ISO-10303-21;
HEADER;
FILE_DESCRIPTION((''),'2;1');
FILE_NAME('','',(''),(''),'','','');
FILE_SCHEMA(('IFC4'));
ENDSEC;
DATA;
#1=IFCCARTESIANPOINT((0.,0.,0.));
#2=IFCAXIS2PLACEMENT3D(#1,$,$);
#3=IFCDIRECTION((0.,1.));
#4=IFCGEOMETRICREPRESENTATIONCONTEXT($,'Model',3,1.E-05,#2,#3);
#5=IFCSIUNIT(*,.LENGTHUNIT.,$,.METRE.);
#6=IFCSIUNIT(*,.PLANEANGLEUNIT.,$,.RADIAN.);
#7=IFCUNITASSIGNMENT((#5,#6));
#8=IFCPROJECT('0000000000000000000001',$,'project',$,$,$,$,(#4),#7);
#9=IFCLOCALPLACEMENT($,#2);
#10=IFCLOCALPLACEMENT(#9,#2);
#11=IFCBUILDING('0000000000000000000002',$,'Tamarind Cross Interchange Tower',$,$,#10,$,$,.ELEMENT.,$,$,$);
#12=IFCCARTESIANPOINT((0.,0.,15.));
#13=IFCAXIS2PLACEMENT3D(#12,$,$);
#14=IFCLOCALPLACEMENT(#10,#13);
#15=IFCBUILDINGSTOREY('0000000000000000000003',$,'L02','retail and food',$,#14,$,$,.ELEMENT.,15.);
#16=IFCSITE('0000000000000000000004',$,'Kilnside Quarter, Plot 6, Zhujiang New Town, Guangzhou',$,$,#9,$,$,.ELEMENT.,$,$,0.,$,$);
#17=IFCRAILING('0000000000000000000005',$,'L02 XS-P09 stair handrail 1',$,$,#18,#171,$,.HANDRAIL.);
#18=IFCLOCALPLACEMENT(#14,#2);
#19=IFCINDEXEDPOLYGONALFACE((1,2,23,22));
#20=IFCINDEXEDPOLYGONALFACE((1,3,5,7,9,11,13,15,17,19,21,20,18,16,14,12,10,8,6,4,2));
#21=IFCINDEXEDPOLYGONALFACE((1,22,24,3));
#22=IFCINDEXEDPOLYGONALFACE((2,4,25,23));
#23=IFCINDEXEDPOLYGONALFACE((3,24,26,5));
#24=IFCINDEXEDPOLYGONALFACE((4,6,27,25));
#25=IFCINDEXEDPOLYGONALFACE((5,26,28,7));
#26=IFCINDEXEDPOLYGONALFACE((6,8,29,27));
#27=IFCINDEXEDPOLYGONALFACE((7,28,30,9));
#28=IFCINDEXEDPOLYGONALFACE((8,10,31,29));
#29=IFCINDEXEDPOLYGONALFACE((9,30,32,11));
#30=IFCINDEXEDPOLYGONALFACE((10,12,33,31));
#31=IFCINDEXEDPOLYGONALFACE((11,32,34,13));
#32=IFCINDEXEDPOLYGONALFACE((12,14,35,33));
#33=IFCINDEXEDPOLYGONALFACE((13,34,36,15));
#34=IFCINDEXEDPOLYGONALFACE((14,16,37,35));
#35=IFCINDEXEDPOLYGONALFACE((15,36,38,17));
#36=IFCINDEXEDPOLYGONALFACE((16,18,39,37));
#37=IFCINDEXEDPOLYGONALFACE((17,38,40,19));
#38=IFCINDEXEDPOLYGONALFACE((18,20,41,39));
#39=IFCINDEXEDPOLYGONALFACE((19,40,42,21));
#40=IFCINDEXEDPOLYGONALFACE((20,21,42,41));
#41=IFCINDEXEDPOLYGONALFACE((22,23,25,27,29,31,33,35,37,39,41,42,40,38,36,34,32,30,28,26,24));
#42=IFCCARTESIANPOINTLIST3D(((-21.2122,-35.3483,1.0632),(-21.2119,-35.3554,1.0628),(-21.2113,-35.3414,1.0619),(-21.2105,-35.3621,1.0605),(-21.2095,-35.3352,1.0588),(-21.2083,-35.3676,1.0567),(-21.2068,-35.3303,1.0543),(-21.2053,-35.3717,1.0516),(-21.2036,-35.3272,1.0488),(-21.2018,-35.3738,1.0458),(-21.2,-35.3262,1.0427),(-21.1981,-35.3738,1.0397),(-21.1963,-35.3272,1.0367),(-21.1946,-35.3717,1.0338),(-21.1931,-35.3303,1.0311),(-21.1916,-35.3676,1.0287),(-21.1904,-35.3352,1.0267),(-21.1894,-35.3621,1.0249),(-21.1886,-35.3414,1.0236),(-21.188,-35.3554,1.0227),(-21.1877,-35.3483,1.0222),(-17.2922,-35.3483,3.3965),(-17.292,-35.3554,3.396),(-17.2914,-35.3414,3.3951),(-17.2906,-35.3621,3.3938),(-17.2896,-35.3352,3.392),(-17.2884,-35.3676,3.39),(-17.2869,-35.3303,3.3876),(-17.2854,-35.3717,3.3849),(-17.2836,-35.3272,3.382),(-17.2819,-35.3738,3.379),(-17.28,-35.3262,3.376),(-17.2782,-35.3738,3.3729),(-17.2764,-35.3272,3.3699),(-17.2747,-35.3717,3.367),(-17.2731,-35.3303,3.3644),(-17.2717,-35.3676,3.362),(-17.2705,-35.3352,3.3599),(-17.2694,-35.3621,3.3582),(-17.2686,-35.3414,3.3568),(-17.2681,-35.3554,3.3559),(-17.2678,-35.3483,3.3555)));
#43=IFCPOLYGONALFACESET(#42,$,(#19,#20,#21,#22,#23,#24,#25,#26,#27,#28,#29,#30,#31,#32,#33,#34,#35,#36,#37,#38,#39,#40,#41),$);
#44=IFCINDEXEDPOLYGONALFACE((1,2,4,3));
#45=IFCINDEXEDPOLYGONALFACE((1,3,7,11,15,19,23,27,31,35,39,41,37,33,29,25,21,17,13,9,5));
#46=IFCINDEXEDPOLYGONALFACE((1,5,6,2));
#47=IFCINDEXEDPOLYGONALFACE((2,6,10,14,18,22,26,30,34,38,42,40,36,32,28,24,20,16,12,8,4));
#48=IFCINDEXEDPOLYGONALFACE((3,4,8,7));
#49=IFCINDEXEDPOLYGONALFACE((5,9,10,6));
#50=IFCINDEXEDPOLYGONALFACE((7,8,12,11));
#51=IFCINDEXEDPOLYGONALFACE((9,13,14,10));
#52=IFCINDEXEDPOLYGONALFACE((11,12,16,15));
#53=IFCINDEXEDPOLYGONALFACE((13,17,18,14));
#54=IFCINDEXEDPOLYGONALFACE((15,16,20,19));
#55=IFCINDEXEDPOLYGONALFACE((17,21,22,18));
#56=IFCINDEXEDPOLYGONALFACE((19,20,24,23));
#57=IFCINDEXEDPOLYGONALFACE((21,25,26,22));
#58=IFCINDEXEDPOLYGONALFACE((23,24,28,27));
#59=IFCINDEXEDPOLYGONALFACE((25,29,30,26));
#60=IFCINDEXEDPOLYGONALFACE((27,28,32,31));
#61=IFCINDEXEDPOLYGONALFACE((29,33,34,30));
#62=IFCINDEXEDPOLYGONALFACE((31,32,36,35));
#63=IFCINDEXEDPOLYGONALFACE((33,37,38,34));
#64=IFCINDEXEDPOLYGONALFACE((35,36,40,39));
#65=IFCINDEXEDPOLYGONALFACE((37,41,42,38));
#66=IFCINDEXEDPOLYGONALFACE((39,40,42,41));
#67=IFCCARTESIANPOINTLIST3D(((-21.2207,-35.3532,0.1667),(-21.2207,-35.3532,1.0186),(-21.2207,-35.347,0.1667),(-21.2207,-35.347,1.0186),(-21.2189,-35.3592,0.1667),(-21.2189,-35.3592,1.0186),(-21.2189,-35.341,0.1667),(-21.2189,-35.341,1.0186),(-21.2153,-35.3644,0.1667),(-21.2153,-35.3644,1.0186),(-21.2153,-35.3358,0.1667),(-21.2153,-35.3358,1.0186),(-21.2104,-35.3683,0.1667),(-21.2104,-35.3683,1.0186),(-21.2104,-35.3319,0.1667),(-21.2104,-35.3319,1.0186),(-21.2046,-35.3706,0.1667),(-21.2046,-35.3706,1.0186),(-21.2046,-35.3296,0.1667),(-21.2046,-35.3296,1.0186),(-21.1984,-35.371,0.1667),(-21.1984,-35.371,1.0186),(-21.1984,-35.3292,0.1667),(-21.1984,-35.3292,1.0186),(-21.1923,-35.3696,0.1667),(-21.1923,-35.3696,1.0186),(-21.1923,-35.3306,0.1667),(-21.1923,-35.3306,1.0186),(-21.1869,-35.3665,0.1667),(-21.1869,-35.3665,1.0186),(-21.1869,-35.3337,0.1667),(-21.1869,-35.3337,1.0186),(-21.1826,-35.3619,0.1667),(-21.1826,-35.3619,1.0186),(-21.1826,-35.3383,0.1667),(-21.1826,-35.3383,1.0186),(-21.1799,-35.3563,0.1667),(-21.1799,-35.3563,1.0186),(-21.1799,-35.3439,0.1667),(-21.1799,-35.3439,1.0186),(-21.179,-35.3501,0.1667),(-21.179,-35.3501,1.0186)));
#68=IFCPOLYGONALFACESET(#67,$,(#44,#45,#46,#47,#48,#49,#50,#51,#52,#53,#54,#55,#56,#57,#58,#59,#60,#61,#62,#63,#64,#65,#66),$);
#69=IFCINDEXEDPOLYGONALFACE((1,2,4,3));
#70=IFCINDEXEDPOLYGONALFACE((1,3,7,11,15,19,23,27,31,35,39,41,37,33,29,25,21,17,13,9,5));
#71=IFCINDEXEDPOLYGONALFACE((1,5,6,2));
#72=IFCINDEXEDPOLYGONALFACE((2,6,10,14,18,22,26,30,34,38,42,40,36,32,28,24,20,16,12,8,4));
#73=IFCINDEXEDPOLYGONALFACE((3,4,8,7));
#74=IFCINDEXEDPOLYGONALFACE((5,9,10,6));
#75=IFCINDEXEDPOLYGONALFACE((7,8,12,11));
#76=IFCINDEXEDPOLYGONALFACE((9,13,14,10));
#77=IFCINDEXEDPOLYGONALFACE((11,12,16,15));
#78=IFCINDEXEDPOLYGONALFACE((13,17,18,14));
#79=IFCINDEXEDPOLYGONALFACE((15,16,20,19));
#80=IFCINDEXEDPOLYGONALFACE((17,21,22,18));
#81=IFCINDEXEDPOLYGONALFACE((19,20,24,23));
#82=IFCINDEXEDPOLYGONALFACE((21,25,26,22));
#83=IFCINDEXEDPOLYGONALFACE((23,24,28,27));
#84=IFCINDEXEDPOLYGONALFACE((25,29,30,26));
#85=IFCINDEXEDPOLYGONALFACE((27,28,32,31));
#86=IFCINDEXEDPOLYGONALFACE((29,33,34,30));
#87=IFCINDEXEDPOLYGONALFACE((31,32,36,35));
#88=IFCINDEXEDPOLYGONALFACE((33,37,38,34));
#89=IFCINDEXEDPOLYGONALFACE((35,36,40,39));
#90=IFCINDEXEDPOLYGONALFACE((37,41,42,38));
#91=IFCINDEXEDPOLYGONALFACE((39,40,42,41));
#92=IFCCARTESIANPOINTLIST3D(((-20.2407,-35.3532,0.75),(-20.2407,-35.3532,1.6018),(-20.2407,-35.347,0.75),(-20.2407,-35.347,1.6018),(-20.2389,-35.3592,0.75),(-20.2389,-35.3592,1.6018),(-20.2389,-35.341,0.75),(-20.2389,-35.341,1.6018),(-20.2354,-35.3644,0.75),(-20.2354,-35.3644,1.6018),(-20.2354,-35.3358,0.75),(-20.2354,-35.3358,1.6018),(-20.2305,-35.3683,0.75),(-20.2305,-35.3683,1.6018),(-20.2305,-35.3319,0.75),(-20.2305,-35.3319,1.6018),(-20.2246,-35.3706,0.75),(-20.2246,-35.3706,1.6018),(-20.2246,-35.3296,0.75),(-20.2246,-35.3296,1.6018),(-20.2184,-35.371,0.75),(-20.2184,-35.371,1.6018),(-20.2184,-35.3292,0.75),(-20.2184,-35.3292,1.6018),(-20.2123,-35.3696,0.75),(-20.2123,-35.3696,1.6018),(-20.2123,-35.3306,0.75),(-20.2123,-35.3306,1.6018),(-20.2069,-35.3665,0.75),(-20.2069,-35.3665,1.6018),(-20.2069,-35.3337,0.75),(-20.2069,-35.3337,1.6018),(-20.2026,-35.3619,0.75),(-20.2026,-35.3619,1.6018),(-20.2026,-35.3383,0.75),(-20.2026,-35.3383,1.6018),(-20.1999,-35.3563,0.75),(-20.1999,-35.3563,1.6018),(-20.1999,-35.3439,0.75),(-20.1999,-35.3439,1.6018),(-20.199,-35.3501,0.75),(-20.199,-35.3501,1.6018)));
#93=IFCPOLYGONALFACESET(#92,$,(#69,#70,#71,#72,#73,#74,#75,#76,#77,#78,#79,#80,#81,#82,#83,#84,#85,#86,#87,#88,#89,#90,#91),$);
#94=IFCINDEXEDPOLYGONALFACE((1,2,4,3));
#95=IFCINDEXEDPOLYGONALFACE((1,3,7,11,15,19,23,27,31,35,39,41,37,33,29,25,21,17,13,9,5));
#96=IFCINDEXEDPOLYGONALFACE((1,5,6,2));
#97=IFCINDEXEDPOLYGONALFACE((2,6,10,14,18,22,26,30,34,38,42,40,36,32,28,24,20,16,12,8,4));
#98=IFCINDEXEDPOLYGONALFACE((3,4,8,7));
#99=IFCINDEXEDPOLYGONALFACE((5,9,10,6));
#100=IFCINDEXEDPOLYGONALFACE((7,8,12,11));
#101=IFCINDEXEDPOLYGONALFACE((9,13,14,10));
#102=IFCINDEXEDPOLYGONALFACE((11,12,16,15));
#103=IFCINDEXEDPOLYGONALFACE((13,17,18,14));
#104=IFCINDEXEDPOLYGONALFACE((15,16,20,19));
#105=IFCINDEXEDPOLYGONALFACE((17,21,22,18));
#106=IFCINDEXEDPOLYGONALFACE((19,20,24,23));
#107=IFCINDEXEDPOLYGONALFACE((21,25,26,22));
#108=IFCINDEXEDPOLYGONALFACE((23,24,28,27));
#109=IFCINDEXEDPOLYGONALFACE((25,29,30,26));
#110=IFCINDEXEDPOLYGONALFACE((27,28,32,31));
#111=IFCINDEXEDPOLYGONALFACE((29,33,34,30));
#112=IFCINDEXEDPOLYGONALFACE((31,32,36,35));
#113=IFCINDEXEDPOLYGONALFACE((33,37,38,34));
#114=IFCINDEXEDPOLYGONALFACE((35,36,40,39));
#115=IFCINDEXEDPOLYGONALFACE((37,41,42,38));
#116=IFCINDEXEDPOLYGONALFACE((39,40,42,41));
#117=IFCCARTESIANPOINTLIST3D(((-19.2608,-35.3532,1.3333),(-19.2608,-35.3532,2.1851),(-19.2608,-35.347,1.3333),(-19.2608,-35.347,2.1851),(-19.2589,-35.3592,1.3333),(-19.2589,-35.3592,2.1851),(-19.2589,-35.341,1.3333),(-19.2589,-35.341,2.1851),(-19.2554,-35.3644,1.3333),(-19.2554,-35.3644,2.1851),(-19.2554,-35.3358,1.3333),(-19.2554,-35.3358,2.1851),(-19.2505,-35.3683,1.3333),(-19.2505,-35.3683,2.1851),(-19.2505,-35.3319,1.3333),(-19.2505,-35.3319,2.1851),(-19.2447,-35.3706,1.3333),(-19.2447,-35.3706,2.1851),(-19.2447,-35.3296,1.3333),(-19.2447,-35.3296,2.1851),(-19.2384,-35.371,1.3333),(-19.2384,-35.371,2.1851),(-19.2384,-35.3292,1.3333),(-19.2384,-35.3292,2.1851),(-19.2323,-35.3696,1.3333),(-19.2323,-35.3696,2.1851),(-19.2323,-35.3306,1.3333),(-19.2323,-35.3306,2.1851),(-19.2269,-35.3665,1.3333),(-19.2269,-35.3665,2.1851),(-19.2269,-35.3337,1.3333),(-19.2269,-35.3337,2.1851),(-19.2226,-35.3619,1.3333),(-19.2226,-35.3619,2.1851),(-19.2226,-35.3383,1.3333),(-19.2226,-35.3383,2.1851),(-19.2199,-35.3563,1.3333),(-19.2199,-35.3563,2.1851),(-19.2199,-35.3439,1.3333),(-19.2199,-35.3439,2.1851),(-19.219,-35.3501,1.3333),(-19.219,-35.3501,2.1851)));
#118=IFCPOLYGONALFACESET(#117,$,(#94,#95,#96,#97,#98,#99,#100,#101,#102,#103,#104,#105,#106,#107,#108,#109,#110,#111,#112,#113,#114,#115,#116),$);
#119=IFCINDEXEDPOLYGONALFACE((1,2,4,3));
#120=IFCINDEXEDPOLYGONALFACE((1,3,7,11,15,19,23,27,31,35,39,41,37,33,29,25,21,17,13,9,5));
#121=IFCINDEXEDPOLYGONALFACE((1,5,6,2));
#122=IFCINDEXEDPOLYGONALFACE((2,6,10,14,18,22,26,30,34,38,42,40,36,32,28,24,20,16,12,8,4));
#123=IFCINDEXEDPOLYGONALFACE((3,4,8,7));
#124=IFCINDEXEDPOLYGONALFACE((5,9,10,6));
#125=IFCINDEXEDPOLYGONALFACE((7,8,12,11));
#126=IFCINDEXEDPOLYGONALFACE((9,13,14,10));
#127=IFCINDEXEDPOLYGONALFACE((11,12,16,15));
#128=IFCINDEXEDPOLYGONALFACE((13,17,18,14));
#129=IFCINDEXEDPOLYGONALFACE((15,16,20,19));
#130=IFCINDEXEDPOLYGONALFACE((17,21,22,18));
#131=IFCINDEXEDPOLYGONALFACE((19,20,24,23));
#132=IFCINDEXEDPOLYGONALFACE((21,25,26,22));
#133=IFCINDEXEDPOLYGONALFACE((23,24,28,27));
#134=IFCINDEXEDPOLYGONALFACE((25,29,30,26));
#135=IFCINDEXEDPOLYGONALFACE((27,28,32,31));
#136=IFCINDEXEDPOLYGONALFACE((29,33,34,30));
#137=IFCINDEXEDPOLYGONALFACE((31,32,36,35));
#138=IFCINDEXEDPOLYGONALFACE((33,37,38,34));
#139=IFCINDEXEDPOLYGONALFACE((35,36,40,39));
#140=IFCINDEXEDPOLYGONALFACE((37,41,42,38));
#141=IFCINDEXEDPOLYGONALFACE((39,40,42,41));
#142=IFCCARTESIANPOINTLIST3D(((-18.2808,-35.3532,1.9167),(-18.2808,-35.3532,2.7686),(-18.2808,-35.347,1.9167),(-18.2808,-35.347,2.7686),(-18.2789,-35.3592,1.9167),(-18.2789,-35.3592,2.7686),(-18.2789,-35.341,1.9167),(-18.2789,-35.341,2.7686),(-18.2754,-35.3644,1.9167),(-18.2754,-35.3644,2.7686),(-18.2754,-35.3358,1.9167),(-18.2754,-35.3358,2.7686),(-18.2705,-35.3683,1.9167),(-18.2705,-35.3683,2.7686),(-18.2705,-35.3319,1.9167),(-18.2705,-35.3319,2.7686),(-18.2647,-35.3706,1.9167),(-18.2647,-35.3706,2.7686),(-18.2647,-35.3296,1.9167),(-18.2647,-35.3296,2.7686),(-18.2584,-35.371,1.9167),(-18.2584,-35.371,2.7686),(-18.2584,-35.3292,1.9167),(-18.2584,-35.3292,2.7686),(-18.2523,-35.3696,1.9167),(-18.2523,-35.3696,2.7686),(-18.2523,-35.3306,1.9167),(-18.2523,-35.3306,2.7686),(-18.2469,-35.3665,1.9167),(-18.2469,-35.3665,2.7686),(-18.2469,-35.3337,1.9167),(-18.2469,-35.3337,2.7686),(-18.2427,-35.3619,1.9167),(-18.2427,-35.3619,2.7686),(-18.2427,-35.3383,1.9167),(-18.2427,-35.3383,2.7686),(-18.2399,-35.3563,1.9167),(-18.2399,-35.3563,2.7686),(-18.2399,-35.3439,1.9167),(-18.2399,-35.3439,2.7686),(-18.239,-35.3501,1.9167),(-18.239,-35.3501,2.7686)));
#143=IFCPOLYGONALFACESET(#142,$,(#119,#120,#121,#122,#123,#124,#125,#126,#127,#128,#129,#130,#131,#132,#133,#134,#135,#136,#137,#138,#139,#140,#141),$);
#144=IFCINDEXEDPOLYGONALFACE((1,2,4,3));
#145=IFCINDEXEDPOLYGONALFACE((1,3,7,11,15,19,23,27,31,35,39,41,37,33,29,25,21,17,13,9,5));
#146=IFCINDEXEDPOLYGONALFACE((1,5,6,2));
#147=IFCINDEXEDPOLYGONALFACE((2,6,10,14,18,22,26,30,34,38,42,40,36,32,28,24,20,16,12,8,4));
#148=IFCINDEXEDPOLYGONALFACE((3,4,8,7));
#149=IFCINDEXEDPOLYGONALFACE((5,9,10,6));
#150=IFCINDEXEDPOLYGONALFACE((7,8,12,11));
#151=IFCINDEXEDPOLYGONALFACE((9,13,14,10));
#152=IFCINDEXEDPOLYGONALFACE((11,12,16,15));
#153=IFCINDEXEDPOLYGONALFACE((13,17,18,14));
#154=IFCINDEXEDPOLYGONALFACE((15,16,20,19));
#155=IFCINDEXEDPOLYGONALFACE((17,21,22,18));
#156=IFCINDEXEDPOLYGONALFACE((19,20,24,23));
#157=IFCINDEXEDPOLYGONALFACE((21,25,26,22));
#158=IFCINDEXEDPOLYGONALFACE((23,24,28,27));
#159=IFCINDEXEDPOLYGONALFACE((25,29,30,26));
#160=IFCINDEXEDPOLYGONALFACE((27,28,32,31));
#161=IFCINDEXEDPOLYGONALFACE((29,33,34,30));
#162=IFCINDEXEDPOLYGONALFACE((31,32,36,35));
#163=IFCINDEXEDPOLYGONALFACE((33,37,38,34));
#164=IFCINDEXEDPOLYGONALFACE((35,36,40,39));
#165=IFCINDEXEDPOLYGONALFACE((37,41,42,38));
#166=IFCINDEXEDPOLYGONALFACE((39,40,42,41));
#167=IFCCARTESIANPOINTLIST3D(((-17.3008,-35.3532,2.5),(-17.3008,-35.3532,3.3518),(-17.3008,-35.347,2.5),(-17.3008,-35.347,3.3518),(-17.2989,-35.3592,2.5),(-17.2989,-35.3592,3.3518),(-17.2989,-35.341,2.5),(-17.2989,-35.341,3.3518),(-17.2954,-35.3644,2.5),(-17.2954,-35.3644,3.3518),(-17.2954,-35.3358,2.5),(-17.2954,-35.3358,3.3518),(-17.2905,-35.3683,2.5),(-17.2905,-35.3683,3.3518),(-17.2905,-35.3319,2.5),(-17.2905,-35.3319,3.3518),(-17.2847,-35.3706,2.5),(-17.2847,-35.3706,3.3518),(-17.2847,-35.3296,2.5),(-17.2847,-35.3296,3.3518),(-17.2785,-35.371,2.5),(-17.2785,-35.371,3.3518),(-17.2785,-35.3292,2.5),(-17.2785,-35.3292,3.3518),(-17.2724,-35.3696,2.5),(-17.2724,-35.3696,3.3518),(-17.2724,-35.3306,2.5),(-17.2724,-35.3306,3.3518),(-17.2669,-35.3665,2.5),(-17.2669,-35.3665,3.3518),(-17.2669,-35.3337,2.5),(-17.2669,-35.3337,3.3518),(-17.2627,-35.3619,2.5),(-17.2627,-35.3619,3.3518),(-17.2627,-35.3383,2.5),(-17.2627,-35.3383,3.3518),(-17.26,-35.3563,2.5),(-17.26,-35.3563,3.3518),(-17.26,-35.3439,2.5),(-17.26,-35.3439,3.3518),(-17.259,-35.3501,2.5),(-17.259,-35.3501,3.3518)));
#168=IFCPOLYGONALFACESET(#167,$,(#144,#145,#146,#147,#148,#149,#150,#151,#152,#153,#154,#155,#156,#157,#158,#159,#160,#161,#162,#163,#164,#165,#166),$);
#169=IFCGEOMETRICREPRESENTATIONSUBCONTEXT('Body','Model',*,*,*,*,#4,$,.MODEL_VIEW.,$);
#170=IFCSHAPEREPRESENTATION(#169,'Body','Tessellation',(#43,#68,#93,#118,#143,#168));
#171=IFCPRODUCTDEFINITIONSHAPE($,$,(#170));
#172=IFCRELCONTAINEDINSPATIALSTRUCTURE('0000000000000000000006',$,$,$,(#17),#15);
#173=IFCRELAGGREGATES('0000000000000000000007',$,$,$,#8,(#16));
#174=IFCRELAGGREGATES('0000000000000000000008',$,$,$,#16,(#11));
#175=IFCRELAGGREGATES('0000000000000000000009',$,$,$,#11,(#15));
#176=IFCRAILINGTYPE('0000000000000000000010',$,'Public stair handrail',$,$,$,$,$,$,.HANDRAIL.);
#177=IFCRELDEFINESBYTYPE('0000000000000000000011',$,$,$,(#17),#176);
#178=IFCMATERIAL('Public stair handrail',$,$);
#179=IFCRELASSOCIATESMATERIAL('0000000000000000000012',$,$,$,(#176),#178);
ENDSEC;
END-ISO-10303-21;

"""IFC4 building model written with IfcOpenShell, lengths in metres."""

from ifc_helpers import new_model, si_unit, direction, frame, origin, origin_2d, place, context, subcontext, project, spatial, circle, extrude, material, type_object, element, save


model = new_model("IFC4")

# Units and contexts
model_context = context("Model", 3, precision=1e-05, world=origin(), true_north=direction((0.0, 1.0)))
body_context = subcontext(model_context, "Body", "Model", "MODEL_VIEW")
ifc_project = project(units=[si_unit("LENGTHUNIT", "METRE"), si_unit("PLANEANGLEUNIT", "RADIAN")], contexts=[model_context])

# Site, building, storey
site_placement = place(None, origin())
site = spatial("IfcSite", under=ifc_project, at=site_placement, Name="Kilnside Quarter, Plot 6, Zhujiang New Town, Guangzhou", CompositionType="ELEMENT", RefElevation=0.0)
building_placement = place(site_placement, origin())
building = spatial("IfcBuilding", under=site, at=building_placement, Name="Tamarind Cross Interchange Tower", CompositionType="ELEMENT")
storey_placement = place(building_placement, frame((0.0, 0.0, 15.0)))
storey = spatial("IfcBuildingStorey", under=building, at=storey_placement, Name="L02", Description="retail and food", CompositionType="ELEMENT", Elevation=15.0)

# Railing
ifc_material_1 = material(Name="Public stair handrail")
railing_type_1 = type_object("IfcRailingType", Name="Public stair handrail", PredefinedType="HANDRAIL", material=ifc_material_1)
railing_1_placement = place(storey_placement, frame((-21.2, -35.3501, 0.1667)))
element("IfcRailing", 1, at=railing_1_placement, inside=storey, type_object=railing_type_1, Name="L02 XS-P09 stair handrail 1", PredefinedType="HANDRAIL", context=body_context, shape_type="SweptSolid", body=[
    extrude(circle(Radius=0.0239, at=origin_2d()), frame((0.0, 0.0, 0.876), z_axis=(0.859296, 0.0, 0.511478), x_axis=(0.0, 1.0, 0.0)), (0.0, 0.0, 1.0), 4.5618),
    extrude(circle(Radius=0.021, at=origin_2d()), origin(), (0.0, 0.0, 1.0), 0.8518),
    extrude(circle(Radius=0.021, at=origin_2d()), frame((0.98, 0.0, 0.5833)), (0.0, 0.0, 1.0), 0.8518),
    extrude(circle(Radius=0.021, at=origin_2d()), frame((1.96, 0.0, 1.1665)), (0.0, 0.0, 1.0), 0.8518),
    extrude(circle(Radius=0.021, at=origin_2d()), frame((2.9399, 0.0, 1.75)), (0.0, 0.0, 1.0), 0.8518),
    extrude(circle(Radius=0.021, at=origin_2d()), frame((3.9199, 0.0, 2.3333)), (0.0, 0.0, 1.0), 0.8518),
])

save(model, "model.ifc")
